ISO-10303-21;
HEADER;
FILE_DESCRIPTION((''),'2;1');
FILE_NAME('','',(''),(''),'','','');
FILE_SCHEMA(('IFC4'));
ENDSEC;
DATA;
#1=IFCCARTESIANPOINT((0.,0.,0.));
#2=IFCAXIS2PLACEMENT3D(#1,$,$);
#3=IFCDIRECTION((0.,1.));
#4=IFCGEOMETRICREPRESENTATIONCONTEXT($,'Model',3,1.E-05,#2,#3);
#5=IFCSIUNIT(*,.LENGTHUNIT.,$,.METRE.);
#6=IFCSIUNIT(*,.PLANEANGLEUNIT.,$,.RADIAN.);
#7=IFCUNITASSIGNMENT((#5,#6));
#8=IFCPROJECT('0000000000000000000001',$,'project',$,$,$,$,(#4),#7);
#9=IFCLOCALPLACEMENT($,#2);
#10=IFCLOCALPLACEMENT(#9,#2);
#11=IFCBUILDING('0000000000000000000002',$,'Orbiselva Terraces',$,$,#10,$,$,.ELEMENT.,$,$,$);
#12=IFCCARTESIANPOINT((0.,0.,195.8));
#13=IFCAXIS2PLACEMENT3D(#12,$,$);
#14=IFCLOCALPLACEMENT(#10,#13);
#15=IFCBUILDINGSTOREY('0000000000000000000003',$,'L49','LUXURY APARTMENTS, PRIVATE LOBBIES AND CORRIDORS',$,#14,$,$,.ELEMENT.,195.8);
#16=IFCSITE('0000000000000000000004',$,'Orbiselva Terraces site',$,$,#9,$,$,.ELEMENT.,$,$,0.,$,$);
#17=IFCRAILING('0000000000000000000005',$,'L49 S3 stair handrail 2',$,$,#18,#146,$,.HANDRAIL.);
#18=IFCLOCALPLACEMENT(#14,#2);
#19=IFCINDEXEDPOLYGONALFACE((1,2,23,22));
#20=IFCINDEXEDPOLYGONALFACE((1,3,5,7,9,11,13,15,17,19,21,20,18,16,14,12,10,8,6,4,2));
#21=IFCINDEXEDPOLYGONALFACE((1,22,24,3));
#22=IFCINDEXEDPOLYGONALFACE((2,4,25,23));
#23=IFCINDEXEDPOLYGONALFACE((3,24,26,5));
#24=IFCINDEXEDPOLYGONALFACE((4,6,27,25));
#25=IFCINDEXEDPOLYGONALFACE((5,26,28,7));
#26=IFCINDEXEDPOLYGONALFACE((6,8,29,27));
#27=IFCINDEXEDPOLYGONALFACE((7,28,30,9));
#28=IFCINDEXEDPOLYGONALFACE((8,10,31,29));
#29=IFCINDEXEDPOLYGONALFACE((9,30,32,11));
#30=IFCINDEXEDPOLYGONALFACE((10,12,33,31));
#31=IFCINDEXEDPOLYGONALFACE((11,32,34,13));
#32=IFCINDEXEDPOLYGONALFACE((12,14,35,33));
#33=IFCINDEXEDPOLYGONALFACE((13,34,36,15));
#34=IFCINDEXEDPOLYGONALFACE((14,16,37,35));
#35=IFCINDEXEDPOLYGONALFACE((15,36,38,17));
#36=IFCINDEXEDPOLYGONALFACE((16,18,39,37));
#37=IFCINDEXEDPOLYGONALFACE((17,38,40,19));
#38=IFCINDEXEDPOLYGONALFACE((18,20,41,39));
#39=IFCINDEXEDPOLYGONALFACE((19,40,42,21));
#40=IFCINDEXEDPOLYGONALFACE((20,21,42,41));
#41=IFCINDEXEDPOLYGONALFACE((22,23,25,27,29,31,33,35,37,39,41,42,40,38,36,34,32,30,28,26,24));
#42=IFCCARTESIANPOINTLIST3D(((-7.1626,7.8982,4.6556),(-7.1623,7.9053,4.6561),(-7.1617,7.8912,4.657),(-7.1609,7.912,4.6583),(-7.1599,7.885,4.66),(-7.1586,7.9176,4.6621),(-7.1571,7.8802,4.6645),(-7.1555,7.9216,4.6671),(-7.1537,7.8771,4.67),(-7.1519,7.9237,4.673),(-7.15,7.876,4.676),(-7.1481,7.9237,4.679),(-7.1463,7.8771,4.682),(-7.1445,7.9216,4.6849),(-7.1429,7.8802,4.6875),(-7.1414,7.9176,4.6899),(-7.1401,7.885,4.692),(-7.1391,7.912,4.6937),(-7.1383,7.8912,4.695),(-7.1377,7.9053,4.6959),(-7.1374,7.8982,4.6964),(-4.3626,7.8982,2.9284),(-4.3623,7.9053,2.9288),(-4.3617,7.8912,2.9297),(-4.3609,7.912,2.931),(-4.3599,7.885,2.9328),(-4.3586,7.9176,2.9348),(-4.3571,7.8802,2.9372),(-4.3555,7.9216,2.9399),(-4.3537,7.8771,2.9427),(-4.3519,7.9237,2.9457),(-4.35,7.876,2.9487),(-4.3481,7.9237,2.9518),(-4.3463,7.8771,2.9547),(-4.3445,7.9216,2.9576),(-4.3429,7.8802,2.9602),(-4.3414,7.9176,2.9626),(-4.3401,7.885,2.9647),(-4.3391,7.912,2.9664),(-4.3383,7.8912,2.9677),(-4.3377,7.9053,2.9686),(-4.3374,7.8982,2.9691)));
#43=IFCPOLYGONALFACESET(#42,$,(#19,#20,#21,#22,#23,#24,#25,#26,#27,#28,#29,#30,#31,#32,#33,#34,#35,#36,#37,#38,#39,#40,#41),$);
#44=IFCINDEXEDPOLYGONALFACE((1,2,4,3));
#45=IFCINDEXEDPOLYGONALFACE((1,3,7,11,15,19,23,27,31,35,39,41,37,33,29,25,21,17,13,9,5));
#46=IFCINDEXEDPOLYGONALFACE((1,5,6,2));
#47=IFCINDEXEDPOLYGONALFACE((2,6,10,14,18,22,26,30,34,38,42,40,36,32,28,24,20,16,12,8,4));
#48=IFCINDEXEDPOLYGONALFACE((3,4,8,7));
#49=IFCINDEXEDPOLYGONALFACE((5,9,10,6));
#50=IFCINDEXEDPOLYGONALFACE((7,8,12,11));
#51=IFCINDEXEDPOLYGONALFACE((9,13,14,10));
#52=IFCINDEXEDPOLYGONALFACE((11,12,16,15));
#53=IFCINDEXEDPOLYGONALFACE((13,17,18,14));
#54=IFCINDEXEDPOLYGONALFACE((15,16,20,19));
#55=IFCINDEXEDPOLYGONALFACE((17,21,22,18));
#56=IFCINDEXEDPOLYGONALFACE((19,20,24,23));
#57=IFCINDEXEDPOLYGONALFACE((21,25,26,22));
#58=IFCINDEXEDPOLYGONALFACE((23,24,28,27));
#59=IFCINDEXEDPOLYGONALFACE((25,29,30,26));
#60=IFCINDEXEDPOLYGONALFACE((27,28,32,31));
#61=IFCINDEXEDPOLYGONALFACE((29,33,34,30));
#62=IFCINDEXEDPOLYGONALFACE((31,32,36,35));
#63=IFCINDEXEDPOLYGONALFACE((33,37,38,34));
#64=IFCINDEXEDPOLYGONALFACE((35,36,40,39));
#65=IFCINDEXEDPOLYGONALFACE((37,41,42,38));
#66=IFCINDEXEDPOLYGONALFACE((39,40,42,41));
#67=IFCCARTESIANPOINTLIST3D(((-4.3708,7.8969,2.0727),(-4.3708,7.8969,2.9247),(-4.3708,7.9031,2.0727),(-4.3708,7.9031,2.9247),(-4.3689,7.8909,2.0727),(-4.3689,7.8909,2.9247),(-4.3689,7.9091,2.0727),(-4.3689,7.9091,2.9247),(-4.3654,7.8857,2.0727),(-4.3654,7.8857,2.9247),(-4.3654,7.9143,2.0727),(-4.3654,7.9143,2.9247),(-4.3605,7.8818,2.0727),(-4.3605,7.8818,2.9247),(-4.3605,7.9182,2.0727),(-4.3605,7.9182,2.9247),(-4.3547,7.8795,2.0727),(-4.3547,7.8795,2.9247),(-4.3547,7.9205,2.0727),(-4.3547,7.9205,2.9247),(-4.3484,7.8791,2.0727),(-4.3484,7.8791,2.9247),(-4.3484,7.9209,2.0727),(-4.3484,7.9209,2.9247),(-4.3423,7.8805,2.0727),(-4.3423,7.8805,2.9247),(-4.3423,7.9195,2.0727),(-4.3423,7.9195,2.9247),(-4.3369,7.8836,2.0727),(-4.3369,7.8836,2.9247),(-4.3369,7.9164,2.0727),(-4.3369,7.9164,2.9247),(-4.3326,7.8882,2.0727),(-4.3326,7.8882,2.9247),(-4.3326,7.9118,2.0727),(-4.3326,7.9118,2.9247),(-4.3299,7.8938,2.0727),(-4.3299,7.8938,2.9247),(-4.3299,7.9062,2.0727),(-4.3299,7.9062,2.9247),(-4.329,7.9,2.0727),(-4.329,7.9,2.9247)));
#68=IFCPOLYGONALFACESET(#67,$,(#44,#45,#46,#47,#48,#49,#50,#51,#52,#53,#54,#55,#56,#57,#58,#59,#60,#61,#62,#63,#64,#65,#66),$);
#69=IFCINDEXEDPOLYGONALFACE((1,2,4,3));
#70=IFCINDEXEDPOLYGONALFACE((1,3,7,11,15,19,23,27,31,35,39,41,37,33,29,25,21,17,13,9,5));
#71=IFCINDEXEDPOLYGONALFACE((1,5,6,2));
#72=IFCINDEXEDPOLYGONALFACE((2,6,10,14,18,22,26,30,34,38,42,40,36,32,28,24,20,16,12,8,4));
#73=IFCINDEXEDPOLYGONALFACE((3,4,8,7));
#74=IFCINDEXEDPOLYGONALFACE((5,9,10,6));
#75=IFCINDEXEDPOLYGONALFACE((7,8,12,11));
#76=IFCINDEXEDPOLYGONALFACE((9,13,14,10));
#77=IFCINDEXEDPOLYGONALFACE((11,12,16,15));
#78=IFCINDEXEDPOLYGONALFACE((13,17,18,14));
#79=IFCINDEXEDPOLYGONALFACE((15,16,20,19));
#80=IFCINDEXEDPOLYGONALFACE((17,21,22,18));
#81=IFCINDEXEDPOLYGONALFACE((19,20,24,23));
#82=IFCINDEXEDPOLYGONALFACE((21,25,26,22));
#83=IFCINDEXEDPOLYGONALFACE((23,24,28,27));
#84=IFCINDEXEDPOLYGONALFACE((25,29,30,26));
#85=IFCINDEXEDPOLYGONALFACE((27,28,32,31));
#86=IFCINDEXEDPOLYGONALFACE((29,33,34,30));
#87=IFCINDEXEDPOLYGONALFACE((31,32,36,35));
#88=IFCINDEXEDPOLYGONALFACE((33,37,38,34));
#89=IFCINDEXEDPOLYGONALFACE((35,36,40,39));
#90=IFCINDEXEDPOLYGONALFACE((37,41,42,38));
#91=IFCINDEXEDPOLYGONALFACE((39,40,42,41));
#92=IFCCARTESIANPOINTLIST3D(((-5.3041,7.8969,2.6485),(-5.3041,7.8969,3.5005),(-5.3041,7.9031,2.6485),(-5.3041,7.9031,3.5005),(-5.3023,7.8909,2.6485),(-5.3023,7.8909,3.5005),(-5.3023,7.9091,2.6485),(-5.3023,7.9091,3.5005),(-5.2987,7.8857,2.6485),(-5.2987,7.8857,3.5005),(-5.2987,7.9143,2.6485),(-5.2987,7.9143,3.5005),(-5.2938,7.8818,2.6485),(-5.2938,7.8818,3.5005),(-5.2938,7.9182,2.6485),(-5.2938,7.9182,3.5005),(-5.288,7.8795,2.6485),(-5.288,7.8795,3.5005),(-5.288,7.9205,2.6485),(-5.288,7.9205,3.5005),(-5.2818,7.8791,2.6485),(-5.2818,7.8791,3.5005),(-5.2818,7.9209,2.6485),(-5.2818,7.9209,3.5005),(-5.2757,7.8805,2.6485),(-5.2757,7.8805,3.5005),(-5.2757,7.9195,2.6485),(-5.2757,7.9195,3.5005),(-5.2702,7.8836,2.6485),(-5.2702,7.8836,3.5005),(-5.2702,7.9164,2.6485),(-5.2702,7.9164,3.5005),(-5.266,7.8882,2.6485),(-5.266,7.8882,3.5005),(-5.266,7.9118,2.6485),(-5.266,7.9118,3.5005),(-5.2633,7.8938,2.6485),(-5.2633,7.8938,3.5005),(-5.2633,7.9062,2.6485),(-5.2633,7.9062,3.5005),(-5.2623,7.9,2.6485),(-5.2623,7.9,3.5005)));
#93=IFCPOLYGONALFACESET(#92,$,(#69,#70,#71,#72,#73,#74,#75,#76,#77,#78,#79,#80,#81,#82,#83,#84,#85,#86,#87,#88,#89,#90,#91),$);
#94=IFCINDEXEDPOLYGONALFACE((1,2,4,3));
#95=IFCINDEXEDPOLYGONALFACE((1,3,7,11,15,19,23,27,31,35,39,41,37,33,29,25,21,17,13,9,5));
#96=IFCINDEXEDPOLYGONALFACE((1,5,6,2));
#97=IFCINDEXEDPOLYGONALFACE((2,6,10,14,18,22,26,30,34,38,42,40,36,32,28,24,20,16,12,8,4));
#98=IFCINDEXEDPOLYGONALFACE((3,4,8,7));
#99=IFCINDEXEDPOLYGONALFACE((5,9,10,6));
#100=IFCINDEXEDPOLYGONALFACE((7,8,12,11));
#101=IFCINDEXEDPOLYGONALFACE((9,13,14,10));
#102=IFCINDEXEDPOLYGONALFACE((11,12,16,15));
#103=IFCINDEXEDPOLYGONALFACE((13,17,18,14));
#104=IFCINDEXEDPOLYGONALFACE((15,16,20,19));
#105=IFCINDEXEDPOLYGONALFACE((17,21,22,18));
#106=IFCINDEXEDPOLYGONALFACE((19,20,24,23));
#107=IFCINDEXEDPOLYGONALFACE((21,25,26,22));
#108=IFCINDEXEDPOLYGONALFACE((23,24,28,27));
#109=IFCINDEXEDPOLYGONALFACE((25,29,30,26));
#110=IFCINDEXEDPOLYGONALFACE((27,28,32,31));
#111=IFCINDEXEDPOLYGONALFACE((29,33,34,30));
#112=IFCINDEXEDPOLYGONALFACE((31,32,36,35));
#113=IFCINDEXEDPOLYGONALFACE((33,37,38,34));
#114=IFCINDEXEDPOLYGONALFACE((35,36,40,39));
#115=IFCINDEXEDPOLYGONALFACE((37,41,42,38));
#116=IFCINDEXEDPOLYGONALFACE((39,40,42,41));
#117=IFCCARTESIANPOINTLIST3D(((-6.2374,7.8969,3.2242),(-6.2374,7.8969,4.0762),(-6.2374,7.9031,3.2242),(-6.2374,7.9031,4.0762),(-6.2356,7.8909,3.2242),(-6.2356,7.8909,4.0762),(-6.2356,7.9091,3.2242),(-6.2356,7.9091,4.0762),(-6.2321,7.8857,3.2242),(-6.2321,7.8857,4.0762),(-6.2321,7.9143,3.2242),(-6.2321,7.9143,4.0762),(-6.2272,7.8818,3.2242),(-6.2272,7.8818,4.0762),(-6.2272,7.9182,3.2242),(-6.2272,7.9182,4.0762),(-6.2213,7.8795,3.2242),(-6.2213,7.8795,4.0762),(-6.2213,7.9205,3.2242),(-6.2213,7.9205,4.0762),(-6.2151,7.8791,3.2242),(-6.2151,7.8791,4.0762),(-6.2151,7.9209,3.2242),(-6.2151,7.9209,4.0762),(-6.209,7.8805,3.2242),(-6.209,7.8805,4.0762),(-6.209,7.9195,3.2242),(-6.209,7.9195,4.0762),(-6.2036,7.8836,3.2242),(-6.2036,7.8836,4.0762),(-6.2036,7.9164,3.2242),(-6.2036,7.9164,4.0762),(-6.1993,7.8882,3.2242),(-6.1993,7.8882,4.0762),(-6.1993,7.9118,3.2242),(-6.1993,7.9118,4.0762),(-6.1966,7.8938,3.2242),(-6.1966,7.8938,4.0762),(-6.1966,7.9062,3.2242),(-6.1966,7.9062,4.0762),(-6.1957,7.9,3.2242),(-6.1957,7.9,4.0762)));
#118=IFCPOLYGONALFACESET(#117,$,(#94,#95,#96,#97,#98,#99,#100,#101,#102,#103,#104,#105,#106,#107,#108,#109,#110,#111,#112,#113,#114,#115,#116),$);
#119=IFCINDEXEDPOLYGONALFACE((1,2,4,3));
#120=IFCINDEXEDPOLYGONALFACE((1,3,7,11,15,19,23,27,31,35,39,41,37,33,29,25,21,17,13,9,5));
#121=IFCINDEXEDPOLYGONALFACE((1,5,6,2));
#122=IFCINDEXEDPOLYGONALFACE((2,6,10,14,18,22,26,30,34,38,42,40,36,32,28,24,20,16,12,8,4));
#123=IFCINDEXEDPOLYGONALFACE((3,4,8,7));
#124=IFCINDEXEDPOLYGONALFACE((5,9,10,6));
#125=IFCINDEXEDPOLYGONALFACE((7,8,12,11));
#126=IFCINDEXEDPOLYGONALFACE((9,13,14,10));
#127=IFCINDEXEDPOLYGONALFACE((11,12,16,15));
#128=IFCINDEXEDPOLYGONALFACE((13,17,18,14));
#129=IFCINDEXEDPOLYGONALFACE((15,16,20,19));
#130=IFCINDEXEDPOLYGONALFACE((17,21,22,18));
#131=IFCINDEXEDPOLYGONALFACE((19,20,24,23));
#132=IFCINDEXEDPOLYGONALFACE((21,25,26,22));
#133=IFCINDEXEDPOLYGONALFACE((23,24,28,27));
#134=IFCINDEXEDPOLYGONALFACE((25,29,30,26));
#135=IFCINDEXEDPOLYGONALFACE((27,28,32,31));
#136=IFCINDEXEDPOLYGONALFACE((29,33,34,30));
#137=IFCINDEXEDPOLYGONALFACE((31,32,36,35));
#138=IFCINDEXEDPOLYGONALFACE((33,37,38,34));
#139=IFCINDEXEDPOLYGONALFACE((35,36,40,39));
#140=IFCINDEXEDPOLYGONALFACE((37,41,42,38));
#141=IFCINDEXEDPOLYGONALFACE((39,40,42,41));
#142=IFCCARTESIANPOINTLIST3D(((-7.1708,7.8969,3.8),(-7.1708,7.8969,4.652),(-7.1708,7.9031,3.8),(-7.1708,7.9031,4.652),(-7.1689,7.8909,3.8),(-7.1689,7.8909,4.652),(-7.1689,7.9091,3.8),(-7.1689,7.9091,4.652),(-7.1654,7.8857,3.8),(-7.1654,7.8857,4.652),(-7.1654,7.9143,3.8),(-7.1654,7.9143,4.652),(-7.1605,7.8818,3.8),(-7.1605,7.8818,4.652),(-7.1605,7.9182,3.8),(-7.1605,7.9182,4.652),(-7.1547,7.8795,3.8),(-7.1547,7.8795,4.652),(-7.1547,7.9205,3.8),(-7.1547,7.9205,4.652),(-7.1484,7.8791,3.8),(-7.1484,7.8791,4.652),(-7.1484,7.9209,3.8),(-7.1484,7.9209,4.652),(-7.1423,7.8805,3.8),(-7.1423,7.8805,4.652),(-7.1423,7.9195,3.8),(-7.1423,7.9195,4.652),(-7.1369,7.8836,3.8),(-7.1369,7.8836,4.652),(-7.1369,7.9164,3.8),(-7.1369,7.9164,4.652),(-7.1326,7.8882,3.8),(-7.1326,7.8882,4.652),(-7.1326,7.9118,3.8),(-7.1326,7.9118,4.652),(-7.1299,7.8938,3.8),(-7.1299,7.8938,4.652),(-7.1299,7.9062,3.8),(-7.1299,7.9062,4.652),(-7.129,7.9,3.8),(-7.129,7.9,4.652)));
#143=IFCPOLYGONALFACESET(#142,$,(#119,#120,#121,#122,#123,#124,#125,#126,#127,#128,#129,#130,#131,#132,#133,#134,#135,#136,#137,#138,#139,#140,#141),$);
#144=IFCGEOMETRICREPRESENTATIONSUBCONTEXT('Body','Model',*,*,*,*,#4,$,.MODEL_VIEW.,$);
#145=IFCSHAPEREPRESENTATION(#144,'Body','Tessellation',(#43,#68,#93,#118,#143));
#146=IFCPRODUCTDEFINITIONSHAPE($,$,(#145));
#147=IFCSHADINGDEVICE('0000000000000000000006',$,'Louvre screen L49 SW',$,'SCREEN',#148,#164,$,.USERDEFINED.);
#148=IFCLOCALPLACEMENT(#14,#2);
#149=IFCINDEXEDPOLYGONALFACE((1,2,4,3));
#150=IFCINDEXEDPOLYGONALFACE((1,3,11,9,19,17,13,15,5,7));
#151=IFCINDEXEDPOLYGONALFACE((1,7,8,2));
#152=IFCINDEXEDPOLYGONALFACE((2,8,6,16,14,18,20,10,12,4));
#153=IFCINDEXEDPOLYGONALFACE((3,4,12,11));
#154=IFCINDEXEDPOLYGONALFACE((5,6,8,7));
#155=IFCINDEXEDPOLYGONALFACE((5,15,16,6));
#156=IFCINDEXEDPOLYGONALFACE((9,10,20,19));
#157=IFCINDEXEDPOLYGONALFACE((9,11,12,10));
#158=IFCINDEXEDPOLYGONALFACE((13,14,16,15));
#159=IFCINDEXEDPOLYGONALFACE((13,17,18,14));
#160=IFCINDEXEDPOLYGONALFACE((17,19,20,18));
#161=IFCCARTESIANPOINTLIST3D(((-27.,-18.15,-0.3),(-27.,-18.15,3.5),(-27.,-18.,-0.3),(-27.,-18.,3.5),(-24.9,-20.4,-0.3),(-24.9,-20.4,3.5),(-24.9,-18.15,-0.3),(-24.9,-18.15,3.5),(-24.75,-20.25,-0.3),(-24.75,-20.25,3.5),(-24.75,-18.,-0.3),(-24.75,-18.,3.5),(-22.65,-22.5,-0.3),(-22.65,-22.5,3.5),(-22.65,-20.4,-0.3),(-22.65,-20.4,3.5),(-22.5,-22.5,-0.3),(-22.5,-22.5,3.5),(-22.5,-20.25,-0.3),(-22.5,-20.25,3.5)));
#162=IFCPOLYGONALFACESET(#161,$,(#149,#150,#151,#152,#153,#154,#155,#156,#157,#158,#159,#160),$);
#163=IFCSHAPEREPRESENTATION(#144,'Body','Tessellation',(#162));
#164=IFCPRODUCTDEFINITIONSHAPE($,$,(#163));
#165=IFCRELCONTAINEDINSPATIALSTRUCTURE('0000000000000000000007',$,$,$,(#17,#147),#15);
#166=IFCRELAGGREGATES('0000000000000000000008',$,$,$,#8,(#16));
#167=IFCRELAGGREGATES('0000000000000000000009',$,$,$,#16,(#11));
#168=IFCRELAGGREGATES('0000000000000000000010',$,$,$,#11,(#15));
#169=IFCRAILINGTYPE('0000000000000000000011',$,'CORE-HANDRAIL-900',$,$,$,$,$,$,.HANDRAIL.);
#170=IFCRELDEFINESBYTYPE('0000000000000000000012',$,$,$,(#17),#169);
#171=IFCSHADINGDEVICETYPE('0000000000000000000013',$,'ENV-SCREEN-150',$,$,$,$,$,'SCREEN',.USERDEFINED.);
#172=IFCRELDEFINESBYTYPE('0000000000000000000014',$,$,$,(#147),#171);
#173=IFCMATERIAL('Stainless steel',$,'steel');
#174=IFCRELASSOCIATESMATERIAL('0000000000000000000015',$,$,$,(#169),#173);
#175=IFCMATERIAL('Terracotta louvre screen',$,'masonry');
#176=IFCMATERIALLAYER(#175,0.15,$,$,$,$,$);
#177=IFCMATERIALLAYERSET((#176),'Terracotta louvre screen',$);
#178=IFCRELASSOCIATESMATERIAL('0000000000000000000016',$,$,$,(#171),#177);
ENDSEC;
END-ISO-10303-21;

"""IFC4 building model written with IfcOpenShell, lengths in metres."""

from ifc_helpers import new_model, si_unit, direction, frame, origin, origin_2d, place, context, subcontext, project, spatial, polyline, circle, outline, extrude, material, layer, layer_set, type_object, element, save


model = new_model("IFC4")

# Units and contexts
model_context = context("Model", 3, precision=1e-05, world=origin(), true_north=direction((0.0, 1.0)))
body_context = subcontext(model_context, "Body", "Model", "MODEL_VIEW")
ifc_project = project(units=[si_unit("LENGTHUNIT", "METRE"), si_unit("PLANEANGLEUNIT", "RADIAN")], contexts=[model_context])

# Site, building, storey
site_placement = place(None, origin())
site = spatial("IfcSite", under=ifc_project, at=site_placement, Name="Orbiselva Terraces site", CompositionType="ELEMENT", RefElevation=0.0)
building_placement = place(site_placement, origin())
building = spatial("IfcBuilding", under=site, at=building_placement, Name="Orbiselva Terraces", CompositionType="ELEMENT")
storey_placement = place(building_placement, frame((0.0, 0.0, 195.8)))
storey = spatial("IfcBuildingStorey", under=building, at=storey_placement, Name="L49", Description="LUXURY APARTMENTS, PRIVATE LOBBIES AND CORRIDORS", CompositionType="ELEMENT", Elevation=195.8)

# Railing
ifc_material_1 = material(Name="Stainless steel", Category="steel")
railing_type_1 = type_object("IfcRailingType", Name="CORE-HANDRAIL-900", PredefinedType="HANDRAIL", material=ifc_material_1)
railing_1_placement = place(storey_placement, frame((-4.35, 7.9, 2.0727)))
element("IfcRailing", 1, at=railing_1_placement, inside=storey, type_object=railing_type_1, Name="L49 S3 stair handrail 2", PredefinedType="HANDRAIL", context=body_context, shape_type="SweptSolid", body=[
    extrude(circle(Radius=0.024, at=origin_2d()), frame((0.0, 0.0, 0.876), z_axis=(-0.851089, 0.0, 0.525022), x_axis=(0.0, -1.0, 0.0)), (0.0, 0.0, 1.0), 3.2899),
    extrude(circle(Radius=0.021, at=origin_2d()), origin(), (0.0, 0.0, 1.0), 0.852),
    extrude(circle(Radius=0.021, at=origin_2d()), frame((-0.9333, 0.0, 0.5758)), (0.0, 0.0, 1.0), 0.852),
    extrude(circle(Radius=0.021, at=origin_2d()), frame((-1.8667, 0.0, 1.1515)), (0.0, 0.0, 1.0), 0.852),
    extrude(circle(Radius=0.021, at=origin_2d()), frame((-2.8, 0.0, 1.7273)), (0.0, 0.0, 1.0), 0.852),
])

# Shading device
ifc_material_2 = material(Name="Terracotta louvre screen", Category="masonry")
ifc_layer_1 = layer(ifc_material_2, 0.15)
ifc_layer_set_1 = layer_set([ifc_layer_1], Name="Terracotta louvre screen")
shading_device_type = type_object("IfcShadingDeviceType", Name="ENV-SCREEN-150", ElementType="SCREEN", PredefinedType="USERDEFINED", material=ifc_layer_set_1)
shading_device_placement = place(storey_placement, frame((0.0, 0.0, -0.3)))
element("IfcShadingDevice", 2, at=shading_device_placement, inside=storey, type_object=shading_device_type, Name="Louvre screen L49 SW", ObjectType="SCREEN", PredefinedType="USERDEFINED", context=body_context, shape_type="SweptSolid", body=[
    extrude(outline(polyline([(-27.0, -18.15), (-24.9, -18.15), (-24.9, -20.4), (-22.65, -20.4), (-22.65, -22.5), (-22.5, -22.5), (-22.5, -20.25), (-24.75, -20.25), (-24.75, -18.0), (-27.0, -18.0), (-27.0, -18.15)])), origin(), (0.0, 0.0, 1.0), 3.8),
])

save(model, "model.ifc")
